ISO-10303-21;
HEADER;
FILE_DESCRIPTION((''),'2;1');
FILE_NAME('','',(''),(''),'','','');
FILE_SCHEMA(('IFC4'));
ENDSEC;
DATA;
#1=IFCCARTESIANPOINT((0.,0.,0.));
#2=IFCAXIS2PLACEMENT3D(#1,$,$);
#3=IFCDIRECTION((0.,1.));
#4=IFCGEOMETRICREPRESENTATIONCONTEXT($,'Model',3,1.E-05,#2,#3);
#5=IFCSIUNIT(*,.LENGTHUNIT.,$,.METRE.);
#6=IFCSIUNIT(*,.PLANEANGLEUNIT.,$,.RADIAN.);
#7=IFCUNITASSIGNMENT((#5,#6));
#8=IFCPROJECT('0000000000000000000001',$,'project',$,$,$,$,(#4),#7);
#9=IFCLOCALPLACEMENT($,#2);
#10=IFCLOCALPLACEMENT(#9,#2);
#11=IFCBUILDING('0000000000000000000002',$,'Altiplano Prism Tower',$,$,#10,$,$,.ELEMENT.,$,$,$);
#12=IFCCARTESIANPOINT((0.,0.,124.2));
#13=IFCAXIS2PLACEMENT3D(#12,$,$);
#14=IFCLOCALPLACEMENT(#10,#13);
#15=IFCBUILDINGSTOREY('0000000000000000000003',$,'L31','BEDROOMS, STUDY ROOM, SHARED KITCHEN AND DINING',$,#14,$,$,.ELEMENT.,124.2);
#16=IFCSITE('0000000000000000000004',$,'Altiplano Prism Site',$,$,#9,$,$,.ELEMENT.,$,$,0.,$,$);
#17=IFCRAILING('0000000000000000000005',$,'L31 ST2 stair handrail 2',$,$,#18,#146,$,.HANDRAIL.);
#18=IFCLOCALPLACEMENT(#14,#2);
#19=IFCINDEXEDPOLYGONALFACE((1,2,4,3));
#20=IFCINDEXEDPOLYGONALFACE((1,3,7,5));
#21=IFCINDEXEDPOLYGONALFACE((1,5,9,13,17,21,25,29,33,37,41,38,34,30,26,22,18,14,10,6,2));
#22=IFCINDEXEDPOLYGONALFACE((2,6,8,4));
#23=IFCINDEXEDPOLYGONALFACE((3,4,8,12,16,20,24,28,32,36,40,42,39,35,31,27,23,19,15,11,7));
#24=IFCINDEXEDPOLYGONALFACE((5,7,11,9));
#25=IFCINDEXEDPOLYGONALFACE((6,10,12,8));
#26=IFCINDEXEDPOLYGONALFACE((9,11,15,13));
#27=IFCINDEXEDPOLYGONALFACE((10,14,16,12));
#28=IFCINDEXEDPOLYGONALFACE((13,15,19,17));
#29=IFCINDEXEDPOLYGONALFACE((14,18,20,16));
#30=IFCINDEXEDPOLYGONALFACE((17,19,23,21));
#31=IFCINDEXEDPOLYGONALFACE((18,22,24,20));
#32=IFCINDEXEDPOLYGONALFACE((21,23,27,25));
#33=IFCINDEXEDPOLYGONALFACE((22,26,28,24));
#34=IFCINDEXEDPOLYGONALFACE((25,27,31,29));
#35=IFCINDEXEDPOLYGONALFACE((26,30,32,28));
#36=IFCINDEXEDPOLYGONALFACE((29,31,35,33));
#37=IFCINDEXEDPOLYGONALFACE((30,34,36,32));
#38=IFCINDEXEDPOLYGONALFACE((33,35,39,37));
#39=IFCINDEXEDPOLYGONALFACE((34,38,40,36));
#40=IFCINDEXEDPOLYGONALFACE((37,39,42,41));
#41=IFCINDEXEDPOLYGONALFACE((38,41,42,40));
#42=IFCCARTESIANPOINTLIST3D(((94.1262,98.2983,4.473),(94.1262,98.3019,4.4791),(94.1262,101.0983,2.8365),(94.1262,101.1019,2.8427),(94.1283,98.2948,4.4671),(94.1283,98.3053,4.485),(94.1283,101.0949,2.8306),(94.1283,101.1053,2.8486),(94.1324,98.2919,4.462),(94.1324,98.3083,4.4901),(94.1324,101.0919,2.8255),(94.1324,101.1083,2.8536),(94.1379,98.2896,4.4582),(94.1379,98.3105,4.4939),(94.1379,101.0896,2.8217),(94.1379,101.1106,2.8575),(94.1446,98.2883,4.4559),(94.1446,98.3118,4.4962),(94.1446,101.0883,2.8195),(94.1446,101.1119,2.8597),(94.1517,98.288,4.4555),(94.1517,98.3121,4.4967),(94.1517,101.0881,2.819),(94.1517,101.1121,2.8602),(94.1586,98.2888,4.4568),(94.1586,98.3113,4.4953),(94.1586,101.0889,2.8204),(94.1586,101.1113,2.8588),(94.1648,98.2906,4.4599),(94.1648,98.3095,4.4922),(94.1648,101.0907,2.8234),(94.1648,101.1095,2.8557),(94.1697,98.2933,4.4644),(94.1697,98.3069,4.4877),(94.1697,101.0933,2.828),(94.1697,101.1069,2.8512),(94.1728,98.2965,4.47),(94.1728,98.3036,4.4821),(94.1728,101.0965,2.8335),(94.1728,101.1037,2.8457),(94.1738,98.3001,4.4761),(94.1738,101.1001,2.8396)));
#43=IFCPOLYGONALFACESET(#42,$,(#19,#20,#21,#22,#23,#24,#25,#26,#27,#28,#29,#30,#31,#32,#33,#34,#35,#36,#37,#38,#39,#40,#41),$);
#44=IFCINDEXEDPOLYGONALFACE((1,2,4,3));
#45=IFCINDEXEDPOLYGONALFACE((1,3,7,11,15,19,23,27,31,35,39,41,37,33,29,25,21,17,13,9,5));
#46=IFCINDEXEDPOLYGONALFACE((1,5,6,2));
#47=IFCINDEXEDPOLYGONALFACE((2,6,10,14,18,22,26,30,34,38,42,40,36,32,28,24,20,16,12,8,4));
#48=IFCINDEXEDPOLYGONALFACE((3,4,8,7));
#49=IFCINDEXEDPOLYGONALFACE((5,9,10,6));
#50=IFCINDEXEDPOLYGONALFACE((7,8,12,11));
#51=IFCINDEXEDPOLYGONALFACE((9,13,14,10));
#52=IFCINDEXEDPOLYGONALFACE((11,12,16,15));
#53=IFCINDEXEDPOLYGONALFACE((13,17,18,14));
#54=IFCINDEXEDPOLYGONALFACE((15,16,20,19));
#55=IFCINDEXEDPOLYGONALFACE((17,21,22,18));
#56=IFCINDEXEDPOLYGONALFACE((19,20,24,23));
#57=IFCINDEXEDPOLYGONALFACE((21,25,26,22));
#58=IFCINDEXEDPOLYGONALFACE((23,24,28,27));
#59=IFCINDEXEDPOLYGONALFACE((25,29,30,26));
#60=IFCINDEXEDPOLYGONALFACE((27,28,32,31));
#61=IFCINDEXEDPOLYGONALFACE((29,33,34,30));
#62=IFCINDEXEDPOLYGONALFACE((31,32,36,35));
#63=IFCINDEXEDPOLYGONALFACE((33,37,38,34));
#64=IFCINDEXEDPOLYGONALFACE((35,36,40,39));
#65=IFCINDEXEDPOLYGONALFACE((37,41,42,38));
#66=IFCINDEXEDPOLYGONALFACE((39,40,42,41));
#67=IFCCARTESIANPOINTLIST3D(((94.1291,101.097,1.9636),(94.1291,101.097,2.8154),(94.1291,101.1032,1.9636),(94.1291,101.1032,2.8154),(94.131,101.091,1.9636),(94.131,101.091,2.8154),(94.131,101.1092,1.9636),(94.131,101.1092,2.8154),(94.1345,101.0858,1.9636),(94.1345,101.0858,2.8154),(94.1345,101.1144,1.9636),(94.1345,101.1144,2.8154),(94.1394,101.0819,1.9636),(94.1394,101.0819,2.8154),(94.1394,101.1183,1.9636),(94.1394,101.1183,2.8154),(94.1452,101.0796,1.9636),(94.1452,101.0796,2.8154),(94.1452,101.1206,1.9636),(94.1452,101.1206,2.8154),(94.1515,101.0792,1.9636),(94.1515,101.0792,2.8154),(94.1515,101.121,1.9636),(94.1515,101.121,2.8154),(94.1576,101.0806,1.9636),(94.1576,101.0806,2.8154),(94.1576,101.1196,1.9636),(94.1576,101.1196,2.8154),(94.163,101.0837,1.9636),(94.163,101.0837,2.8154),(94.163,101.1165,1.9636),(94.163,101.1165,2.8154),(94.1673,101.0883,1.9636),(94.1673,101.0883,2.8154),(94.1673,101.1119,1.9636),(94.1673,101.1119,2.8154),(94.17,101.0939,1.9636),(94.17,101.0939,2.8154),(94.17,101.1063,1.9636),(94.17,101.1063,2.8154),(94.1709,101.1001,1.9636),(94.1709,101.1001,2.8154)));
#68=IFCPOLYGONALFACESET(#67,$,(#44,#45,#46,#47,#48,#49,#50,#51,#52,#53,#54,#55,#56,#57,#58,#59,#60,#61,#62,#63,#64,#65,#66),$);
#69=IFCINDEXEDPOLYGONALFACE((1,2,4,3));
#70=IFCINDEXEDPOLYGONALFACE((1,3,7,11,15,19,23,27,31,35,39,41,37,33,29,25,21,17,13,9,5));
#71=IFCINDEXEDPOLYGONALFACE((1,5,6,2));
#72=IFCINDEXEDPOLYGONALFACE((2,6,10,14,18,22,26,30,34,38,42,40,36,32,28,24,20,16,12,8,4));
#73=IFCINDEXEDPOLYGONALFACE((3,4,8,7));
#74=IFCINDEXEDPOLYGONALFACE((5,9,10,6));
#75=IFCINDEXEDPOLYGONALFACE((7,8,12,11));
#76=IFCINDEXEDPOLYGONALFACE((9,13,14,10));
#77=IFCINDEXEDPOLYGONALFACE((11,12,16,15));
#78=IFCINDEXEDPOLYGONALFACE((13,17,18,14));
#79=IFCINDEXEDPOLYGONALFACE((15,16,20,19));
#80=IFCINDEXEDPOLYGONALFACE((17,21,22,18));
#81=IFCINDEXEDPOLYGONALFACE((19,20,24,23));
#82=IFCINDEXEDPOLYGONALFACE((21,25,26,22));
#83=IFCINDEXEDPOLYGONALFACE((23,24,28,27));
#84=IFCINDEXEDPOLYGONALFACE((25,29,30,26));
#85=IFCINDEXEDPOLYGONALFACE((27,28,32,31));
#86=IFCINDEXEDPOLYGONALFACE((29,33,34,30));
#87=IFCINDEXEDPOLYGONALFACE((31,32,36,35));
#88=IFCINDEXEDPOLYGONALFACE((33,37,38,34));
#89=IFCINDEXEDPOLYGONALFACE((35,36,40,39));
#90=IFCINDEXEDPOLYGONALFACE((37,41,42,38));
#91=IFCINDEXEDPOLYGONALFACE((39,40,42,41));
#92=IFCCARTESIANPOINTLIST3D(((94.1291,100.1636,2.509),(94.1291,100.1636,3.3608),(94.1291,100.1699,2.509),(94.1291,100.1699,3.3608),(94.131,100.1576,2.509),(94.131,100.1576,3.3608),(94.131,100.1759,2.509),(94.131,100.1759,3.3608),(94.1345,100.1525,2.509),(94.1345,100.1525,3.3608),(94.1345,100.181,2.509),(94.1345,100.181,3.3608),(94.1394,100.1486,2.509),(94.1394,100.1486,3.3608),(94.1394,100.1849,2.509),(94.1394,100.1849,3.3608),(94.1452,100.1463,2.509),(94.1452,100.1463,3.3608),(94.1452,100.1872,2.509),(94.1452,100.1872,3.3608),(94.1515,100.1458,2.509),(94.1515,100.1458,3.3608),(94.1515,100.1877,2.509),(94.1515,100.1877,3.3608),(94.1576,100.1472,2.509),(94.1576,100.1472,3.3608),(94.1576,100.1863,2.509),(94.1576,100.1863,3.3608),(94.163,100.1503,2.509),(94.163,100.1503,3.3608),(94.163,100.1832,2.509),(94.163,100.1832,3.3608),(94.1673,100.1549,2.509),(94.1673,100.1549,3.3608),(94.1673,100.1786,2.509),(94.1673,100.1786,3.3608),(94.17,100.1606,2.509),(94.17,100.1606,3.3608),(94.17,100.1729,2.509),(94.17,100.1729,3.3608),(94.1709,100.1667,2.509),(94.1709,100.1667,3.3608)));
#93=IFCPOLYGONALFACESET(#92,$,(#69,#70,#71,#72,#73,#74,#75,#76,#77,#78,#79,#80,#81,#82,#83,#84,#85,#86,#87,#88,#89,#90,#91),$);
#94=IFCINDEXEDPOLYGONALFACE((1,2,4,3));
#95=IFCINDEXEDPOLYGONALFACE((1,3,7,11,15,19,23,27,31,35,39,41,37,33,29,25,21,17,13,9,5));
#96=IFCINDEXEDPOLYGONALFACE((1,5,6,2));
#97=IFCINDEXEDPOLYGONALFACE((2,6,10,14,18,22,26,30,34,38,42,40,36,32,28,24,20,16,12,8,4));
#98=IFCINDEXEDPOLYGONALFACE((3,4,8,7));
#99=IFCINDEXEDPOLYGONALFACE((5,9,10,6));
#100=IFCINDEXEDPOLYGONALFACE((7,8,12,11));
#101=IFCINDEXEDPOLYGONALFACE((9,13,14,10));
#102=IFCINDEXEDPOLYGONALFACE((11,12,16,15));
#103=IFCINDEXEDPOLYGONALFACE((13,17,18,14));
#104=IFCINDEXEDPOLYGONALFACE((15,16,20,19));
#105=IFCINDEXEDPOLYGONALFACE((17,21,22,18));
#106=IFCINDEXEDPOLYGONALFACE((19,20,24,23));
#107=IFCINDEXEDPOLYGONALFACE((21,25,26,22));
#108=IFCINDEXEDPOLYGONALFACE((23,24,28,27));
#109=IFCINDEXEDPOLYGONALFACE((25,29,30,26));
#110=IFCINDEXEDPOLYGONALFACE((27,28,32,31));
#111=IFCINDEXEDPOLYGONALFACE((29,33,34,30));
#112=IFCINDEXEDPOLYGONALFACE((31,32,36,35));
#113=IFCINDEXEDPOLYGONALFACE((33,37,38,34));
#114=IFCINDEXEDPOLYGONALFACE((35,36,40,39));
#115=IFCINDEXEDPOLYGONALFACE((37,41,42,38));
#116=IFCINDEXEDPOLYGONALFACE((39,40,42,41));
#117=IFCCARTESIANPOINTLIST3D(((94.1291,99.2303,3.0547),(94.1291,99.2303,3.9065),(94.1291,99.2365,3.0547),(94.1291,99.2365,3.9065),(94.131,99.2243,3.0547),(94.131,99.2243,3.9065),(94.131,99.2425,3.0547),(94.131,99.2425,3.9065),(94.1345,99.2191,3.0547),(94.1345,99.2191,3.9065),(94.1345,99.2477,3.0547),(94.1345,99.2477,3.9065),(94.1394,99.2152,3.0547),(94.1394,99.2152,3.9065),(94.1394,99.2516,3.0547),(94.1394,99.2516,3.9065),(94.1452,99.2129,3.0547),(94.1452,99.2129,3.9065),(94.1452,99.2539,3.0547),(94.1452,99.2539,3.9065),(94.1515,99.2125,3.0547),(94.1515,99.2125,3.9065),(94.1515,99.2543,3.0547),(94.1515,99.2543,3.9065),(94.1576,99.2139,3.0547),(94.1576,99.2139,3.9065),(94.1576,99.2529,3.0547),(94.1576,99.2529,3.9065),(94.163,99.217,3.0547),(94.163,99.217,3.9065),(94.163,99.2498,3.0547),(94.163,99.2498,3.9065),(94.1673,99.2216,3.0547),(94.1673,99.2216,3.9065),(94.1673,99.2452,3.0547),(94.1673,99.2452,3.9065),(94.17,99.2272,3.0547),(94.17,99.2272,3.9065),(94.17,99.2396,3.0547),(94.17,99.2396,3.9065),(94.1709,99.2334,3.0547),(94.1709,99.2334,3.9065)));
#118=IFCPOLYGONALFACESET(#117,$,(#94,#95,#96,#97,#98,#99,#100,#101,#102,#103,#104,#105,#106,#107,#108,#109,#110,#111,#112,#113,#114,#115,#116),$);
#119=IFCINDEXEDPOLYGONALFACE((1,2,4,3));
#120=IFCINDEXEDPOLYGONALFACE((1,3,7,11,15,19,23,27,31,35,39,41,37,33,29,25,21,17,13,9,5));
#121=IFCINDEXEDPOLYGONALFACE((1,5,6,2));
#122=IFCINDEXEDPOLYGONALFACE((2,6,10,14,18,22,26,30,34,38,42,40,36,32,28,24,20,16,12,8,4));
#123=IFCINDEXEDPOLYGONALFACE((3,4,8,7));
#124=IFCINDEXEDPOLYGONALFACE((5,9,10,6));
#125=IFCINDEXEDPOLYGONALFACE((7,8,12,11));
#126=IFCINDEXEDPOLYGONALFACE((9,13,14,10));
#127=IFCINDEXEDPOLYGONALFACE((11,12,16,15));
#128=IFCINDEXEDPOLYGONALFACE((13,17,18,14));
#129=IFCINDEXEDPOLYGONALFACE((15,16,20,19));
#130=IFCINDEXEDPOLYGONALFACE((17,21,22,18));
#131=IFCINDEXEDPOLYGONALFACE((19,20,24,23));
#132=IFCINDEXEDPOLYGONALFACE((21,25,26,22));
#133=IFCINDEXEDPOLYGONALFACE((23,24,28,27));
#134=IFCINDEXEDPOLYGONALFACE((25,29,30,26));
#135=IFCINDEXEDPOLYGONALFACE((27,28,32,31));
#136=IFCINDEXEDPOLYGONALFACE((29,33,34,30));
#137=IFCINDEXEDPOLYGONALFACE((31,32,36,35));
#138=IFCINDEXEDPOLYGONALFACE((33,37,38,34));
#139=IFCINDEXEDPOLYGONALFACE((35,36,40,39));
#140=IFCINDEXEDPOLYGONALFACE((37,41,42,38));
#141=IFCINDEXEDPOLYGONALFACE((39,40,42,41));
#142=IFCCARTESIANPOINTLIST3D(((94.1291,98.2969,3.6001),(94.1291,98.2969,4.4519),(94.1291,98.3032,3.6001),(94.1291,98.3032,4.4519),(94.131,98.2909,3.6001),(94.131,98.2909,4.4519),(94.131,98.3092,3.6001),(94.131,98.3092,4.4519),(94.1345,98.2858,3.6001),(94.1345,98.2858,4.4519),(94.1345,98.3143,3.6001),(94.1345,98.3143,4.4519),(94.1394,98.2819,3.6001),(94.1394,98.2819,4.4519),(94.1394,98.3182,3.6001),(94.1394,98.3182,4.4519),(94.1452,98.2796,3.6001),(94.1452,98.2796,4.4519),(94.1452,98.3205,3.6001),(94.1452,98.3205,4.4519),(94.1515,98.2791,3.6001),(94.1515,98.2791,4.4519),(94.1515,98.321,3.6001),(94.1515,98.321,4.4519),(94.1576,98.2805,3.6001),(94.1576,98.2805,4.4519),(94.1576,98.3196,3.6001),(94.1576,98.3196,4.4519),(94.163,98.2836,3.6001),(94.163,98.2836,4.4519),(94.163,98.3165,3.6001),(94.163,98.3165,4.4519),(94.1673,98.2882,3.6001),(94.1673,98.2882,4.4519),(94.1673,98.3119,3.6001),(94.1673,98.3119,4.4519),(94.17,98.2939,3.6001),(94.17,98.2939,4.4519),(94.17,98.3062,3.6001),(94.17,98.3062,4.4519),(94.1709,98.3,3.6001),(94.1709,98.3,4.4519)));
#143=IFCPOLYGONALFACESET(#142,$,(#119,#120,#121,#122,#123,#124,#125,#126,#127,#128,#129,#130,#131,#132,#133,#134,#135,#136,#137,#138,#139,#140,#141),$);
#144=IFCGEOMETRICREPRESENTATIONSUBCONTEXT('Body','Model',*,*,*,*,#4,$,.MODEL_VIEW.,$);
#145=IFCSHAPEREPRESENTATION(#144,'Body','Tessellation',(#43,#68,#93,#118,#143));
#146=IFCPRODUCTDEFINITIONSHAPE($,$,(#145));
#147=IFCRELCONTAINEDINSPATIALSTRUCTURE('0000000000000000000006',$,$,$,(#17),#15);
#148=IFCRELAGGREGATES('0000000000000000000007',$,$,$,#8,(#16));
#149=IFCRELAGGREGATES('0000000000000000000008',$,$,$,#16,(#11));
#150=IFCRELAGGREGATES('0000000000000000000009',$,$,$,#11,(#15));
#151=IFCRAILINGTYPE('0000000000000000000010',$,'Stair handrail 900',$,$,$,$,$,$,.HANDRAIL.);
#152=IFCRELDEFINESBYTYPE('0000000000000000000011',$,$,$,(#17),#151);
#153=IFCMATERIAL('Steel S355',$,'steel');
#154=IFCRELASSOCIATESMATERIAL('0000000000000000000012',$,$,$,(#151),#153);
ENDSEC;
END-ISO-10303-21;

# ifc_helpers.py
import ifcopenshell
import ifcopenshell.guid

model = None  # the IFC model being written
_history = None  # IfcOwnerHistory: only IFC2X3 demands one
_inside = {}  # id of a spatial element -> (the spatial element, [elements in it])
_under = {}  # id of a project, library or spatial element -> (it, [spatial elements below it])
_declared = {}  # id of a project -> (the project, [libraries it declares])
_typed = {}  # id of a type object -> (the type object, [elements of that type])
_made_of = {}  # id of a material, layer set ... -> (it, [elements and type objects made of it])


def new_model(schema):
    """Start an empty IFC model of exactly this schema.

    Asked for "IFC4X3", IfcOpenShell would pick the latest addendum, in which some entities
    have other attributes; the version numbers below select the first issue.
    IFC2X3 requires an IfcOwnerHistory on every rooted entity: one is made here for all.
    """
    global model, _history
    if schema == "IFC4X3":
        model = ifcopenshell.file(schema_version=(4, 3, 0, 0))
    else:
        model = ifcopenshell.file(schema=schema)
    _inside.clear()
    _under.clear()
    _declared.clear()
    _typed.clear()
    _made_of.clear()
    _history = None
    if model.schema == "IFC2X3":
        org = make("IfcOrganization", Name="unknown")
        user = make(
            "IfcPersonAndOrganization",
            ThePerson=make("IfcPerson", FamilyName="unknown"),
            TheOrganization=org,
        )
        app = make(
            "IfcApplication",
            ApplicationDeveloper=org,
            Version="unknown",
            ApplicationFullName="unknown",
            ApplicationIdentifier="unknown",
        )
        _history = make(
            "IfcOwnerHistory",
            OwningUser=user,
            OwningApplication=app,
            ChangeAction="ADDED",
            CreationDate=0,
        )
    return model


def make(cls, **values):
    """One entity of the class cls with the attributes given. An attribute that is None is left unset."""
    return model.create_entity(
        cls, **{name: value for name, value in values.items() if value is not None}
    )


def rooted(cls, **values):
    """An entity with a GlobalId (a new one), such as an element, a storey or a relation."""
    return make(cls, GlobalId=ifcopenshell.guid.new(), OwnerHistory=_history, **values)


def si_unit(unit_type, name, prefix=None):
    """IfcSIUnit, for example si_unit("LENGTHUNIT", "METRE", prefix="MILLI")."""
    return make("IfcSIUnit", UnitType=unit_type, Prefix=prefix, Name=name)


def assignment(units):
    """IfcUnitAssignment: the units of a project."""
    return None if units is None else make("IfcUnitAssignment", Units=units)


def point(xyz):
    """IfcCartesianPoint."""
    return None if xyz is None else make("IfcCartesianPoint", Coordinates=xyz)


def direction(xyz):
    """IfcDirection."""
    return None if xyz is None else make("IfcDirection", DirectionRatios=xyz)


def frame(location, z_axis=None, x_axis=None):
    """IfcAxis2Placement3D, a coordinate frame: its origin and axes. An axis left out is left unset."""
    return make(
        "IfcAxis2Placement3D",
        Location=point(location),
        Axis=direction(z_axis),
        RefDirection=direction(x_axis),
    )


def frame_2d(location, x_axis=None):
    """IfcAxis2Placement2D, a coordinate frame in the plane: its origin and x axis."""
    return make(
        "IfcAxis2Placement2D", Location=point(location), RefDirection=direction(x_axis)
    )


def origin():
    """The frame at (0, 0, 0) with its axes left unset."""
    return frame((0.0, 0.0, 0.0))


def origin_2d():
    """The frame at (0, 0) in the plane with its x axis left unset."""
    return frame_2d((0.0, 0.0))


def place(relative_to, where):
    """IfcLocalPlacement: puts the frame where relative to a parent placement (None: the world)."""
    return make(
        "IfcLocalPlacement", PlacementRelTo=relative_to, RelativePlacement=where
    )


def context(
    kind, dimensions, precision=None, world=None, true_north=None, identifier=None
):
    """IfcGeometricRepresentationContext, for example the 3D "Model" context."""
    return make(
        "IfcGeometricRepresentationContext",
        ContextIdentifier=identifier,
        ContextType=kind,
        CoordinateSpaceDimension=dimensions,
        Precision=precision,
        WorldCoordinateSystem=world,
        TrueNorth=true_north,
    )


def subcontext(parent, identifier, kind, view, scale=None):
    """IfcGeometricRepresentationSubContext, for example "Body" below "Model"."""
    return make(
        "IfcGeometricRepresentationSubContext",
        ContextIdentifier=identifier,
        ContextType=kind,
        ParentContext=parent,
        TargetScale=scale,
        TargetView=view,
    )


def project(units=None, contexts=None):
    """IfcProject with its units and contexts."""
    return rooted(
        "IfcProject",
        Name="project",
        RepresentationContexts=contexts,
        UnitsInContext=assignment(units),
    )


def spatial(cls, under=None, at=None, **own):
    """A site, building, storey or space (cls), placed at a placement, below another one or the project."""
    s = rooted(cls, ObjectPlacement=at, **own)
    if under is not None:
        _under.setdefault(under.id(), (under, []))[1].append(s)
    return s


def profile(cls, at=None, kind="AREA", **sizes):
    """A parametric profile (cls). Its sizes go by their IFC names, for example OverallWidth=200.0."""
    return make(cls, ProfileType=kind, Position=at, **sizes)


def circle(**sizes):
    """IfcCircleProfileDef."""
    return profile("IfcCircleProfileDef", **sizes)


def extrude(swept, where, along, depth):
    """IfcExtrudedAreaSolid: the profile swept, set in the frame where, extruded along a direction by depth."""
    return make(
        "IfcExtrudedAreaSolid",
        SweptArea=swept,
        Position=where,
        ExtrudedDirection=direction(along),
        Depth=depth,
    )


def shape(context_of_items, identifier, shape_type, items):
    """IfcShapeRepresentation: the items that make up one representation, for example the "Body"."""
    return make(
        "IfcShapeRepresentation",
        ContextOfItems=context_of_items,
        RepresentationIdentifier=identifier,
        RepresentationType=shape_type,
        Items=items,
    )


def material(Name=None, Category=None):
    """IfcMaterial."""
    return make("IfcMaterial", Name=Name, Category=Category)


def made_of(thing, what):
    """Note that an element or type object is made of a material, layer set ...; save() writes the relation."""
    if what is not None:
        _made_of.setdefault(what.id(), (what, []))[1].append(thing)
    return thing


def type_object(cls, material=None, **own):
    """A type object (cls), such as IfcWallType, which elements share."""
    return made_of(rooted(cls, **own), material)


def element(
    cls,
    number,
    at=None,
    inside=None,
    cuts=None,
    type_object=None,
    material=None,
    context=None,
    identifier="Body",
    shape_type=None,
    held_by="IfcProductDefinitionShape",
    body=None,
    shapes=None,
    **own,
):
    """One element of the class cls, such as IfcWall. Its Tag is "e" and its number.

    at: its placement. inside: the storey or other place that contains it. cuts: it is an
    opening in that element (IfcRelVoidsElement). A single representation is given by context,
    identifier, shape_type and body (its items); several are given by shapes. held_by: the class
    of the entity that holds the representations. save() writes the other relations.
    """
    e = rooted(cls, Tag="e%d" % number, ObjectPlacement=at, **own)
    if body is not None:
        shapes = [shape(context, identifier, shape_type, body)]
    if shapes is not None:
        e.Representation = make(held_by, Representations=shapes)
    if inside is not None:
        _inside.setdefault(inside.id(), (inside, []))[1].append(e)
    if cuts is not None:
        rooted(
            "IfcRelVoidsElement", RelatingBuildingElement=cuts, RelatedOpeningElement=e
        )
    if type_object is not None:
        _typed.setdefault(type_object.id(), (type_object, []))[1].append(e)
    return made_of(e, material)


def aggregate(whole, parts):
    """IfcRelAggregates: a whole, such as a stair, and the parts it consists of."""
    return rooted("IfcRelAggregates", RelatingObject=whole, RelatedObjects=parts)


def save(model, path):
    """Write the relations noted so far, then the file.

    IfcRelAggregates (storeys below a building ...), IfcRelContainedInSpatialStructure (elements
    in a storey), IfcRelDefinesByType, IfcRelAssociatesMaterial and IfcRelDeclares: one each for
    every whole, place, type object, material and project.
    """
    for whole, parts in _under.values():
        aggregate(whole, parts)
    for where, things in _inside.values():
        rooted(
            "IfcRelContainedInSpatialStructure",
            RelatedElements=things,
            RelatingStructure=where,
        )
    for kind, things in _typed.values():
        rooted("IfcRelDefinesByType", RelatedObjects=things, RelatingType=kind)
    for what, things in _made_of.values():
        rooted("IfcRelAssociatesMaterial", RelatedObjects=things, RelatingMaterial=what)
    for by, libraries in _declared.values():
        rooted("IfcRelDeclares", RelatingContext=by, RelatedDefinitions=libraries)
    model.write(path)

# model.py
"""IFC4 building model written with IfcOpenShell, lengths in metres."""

from ifc_helpers import new_model, si_unit, direction, frame, origin, origin_2d, place, context, subcontext, project, spatial, circle, extrude, material, type_object, element, save


model = new_model("IFC4")

# Units and contexts
model_context = context("Model", 3, precision=1e-05, world=origin(), true_north=direction((0.0, 1.0)))
body_context = subcontext(model_context, "Body", "Model", "MODEL_VIEW")
ifc_project = project(units=[si_unit("LENGTHUNIT", "METRE"), si_unit("PLANEANGLEUNIT", "RADIAN")], contexts=[model_context])

# Site, building, storey
site_placement = place(None, origin())
site = spatial("IfcSite", under=ifc_project, at=site_placement, Name="Altiplano Prism Site", CompositionType="ELEMENT", RefElevation=0.0)
building_placement = place(site_placement, origin())
building = spatial("IfcBuilding", under=site, at=building_placement, Name="Altiplano Prism Tower", CompositionType="ELEMENT")
storey_placement = place(building_placement, frame((0.0, 0.0, 124.2)))
storey = spatial("IfcBuildingStorey", under=building, at=storey_placement, Name="L31", Description="BEDROOMS, STUDY ROOM, SHARED KITCHEN AND DINING", CompositionType="ELEMENT", Elevation=124.2)

# Railing
ifc_material_1 = material(Name="Steel S355", Category="steel")
railing_type_1 = type_object("IfcRailingType", Name="Stair handrail 900", PredefinedType="HANDRAIL", material=ifc_material_1)
railing_1_placement = place(storey_placement, frame((94.1499, 101.1001, 1.9636)))
element("IfcRailing", 1, at=railing_1_placement, inside=storey, type_object=railing_type_1, Name="L31 ST2 stair handrail 2", PredefinedType="HANDRAIL", context=body_context, shape_type="SweptSolid", body=[
    extrude(circle(Radius=0.0239, at=origin_2d()), frame((0.0, 0.0, 0.876), z_axis=(0.0, -0.863361, 0.504587), x_axis=(1.0, 0.0, 0.0)), (0.0, 0.0, 1.0), 3.2432),
    extrude(circle(Radius=0.021, at=origin_2d()), origin(), (0.0, 0.0, 1.0), 0.8518),
    extrude(circle(Radius=0.021, at=origin_2d()), frame((0.0, -0.9333, 0.5454)), (0.0, 0.0, 1.0), 0.8518),
    extrude(circle(Radius=0.021, at=origin_2d()), frame((0.0, -1.8667, 1.0911)), (0.0, 0.0, 1.0), 0.8518),
    extrude(circle(Radius=0.021, at=origin_2d()), frame((0.0, -2.8, 1.6365)), (0.0, 0.0, 1.0), 0.8518),
])

save(model, "model.ifc")
